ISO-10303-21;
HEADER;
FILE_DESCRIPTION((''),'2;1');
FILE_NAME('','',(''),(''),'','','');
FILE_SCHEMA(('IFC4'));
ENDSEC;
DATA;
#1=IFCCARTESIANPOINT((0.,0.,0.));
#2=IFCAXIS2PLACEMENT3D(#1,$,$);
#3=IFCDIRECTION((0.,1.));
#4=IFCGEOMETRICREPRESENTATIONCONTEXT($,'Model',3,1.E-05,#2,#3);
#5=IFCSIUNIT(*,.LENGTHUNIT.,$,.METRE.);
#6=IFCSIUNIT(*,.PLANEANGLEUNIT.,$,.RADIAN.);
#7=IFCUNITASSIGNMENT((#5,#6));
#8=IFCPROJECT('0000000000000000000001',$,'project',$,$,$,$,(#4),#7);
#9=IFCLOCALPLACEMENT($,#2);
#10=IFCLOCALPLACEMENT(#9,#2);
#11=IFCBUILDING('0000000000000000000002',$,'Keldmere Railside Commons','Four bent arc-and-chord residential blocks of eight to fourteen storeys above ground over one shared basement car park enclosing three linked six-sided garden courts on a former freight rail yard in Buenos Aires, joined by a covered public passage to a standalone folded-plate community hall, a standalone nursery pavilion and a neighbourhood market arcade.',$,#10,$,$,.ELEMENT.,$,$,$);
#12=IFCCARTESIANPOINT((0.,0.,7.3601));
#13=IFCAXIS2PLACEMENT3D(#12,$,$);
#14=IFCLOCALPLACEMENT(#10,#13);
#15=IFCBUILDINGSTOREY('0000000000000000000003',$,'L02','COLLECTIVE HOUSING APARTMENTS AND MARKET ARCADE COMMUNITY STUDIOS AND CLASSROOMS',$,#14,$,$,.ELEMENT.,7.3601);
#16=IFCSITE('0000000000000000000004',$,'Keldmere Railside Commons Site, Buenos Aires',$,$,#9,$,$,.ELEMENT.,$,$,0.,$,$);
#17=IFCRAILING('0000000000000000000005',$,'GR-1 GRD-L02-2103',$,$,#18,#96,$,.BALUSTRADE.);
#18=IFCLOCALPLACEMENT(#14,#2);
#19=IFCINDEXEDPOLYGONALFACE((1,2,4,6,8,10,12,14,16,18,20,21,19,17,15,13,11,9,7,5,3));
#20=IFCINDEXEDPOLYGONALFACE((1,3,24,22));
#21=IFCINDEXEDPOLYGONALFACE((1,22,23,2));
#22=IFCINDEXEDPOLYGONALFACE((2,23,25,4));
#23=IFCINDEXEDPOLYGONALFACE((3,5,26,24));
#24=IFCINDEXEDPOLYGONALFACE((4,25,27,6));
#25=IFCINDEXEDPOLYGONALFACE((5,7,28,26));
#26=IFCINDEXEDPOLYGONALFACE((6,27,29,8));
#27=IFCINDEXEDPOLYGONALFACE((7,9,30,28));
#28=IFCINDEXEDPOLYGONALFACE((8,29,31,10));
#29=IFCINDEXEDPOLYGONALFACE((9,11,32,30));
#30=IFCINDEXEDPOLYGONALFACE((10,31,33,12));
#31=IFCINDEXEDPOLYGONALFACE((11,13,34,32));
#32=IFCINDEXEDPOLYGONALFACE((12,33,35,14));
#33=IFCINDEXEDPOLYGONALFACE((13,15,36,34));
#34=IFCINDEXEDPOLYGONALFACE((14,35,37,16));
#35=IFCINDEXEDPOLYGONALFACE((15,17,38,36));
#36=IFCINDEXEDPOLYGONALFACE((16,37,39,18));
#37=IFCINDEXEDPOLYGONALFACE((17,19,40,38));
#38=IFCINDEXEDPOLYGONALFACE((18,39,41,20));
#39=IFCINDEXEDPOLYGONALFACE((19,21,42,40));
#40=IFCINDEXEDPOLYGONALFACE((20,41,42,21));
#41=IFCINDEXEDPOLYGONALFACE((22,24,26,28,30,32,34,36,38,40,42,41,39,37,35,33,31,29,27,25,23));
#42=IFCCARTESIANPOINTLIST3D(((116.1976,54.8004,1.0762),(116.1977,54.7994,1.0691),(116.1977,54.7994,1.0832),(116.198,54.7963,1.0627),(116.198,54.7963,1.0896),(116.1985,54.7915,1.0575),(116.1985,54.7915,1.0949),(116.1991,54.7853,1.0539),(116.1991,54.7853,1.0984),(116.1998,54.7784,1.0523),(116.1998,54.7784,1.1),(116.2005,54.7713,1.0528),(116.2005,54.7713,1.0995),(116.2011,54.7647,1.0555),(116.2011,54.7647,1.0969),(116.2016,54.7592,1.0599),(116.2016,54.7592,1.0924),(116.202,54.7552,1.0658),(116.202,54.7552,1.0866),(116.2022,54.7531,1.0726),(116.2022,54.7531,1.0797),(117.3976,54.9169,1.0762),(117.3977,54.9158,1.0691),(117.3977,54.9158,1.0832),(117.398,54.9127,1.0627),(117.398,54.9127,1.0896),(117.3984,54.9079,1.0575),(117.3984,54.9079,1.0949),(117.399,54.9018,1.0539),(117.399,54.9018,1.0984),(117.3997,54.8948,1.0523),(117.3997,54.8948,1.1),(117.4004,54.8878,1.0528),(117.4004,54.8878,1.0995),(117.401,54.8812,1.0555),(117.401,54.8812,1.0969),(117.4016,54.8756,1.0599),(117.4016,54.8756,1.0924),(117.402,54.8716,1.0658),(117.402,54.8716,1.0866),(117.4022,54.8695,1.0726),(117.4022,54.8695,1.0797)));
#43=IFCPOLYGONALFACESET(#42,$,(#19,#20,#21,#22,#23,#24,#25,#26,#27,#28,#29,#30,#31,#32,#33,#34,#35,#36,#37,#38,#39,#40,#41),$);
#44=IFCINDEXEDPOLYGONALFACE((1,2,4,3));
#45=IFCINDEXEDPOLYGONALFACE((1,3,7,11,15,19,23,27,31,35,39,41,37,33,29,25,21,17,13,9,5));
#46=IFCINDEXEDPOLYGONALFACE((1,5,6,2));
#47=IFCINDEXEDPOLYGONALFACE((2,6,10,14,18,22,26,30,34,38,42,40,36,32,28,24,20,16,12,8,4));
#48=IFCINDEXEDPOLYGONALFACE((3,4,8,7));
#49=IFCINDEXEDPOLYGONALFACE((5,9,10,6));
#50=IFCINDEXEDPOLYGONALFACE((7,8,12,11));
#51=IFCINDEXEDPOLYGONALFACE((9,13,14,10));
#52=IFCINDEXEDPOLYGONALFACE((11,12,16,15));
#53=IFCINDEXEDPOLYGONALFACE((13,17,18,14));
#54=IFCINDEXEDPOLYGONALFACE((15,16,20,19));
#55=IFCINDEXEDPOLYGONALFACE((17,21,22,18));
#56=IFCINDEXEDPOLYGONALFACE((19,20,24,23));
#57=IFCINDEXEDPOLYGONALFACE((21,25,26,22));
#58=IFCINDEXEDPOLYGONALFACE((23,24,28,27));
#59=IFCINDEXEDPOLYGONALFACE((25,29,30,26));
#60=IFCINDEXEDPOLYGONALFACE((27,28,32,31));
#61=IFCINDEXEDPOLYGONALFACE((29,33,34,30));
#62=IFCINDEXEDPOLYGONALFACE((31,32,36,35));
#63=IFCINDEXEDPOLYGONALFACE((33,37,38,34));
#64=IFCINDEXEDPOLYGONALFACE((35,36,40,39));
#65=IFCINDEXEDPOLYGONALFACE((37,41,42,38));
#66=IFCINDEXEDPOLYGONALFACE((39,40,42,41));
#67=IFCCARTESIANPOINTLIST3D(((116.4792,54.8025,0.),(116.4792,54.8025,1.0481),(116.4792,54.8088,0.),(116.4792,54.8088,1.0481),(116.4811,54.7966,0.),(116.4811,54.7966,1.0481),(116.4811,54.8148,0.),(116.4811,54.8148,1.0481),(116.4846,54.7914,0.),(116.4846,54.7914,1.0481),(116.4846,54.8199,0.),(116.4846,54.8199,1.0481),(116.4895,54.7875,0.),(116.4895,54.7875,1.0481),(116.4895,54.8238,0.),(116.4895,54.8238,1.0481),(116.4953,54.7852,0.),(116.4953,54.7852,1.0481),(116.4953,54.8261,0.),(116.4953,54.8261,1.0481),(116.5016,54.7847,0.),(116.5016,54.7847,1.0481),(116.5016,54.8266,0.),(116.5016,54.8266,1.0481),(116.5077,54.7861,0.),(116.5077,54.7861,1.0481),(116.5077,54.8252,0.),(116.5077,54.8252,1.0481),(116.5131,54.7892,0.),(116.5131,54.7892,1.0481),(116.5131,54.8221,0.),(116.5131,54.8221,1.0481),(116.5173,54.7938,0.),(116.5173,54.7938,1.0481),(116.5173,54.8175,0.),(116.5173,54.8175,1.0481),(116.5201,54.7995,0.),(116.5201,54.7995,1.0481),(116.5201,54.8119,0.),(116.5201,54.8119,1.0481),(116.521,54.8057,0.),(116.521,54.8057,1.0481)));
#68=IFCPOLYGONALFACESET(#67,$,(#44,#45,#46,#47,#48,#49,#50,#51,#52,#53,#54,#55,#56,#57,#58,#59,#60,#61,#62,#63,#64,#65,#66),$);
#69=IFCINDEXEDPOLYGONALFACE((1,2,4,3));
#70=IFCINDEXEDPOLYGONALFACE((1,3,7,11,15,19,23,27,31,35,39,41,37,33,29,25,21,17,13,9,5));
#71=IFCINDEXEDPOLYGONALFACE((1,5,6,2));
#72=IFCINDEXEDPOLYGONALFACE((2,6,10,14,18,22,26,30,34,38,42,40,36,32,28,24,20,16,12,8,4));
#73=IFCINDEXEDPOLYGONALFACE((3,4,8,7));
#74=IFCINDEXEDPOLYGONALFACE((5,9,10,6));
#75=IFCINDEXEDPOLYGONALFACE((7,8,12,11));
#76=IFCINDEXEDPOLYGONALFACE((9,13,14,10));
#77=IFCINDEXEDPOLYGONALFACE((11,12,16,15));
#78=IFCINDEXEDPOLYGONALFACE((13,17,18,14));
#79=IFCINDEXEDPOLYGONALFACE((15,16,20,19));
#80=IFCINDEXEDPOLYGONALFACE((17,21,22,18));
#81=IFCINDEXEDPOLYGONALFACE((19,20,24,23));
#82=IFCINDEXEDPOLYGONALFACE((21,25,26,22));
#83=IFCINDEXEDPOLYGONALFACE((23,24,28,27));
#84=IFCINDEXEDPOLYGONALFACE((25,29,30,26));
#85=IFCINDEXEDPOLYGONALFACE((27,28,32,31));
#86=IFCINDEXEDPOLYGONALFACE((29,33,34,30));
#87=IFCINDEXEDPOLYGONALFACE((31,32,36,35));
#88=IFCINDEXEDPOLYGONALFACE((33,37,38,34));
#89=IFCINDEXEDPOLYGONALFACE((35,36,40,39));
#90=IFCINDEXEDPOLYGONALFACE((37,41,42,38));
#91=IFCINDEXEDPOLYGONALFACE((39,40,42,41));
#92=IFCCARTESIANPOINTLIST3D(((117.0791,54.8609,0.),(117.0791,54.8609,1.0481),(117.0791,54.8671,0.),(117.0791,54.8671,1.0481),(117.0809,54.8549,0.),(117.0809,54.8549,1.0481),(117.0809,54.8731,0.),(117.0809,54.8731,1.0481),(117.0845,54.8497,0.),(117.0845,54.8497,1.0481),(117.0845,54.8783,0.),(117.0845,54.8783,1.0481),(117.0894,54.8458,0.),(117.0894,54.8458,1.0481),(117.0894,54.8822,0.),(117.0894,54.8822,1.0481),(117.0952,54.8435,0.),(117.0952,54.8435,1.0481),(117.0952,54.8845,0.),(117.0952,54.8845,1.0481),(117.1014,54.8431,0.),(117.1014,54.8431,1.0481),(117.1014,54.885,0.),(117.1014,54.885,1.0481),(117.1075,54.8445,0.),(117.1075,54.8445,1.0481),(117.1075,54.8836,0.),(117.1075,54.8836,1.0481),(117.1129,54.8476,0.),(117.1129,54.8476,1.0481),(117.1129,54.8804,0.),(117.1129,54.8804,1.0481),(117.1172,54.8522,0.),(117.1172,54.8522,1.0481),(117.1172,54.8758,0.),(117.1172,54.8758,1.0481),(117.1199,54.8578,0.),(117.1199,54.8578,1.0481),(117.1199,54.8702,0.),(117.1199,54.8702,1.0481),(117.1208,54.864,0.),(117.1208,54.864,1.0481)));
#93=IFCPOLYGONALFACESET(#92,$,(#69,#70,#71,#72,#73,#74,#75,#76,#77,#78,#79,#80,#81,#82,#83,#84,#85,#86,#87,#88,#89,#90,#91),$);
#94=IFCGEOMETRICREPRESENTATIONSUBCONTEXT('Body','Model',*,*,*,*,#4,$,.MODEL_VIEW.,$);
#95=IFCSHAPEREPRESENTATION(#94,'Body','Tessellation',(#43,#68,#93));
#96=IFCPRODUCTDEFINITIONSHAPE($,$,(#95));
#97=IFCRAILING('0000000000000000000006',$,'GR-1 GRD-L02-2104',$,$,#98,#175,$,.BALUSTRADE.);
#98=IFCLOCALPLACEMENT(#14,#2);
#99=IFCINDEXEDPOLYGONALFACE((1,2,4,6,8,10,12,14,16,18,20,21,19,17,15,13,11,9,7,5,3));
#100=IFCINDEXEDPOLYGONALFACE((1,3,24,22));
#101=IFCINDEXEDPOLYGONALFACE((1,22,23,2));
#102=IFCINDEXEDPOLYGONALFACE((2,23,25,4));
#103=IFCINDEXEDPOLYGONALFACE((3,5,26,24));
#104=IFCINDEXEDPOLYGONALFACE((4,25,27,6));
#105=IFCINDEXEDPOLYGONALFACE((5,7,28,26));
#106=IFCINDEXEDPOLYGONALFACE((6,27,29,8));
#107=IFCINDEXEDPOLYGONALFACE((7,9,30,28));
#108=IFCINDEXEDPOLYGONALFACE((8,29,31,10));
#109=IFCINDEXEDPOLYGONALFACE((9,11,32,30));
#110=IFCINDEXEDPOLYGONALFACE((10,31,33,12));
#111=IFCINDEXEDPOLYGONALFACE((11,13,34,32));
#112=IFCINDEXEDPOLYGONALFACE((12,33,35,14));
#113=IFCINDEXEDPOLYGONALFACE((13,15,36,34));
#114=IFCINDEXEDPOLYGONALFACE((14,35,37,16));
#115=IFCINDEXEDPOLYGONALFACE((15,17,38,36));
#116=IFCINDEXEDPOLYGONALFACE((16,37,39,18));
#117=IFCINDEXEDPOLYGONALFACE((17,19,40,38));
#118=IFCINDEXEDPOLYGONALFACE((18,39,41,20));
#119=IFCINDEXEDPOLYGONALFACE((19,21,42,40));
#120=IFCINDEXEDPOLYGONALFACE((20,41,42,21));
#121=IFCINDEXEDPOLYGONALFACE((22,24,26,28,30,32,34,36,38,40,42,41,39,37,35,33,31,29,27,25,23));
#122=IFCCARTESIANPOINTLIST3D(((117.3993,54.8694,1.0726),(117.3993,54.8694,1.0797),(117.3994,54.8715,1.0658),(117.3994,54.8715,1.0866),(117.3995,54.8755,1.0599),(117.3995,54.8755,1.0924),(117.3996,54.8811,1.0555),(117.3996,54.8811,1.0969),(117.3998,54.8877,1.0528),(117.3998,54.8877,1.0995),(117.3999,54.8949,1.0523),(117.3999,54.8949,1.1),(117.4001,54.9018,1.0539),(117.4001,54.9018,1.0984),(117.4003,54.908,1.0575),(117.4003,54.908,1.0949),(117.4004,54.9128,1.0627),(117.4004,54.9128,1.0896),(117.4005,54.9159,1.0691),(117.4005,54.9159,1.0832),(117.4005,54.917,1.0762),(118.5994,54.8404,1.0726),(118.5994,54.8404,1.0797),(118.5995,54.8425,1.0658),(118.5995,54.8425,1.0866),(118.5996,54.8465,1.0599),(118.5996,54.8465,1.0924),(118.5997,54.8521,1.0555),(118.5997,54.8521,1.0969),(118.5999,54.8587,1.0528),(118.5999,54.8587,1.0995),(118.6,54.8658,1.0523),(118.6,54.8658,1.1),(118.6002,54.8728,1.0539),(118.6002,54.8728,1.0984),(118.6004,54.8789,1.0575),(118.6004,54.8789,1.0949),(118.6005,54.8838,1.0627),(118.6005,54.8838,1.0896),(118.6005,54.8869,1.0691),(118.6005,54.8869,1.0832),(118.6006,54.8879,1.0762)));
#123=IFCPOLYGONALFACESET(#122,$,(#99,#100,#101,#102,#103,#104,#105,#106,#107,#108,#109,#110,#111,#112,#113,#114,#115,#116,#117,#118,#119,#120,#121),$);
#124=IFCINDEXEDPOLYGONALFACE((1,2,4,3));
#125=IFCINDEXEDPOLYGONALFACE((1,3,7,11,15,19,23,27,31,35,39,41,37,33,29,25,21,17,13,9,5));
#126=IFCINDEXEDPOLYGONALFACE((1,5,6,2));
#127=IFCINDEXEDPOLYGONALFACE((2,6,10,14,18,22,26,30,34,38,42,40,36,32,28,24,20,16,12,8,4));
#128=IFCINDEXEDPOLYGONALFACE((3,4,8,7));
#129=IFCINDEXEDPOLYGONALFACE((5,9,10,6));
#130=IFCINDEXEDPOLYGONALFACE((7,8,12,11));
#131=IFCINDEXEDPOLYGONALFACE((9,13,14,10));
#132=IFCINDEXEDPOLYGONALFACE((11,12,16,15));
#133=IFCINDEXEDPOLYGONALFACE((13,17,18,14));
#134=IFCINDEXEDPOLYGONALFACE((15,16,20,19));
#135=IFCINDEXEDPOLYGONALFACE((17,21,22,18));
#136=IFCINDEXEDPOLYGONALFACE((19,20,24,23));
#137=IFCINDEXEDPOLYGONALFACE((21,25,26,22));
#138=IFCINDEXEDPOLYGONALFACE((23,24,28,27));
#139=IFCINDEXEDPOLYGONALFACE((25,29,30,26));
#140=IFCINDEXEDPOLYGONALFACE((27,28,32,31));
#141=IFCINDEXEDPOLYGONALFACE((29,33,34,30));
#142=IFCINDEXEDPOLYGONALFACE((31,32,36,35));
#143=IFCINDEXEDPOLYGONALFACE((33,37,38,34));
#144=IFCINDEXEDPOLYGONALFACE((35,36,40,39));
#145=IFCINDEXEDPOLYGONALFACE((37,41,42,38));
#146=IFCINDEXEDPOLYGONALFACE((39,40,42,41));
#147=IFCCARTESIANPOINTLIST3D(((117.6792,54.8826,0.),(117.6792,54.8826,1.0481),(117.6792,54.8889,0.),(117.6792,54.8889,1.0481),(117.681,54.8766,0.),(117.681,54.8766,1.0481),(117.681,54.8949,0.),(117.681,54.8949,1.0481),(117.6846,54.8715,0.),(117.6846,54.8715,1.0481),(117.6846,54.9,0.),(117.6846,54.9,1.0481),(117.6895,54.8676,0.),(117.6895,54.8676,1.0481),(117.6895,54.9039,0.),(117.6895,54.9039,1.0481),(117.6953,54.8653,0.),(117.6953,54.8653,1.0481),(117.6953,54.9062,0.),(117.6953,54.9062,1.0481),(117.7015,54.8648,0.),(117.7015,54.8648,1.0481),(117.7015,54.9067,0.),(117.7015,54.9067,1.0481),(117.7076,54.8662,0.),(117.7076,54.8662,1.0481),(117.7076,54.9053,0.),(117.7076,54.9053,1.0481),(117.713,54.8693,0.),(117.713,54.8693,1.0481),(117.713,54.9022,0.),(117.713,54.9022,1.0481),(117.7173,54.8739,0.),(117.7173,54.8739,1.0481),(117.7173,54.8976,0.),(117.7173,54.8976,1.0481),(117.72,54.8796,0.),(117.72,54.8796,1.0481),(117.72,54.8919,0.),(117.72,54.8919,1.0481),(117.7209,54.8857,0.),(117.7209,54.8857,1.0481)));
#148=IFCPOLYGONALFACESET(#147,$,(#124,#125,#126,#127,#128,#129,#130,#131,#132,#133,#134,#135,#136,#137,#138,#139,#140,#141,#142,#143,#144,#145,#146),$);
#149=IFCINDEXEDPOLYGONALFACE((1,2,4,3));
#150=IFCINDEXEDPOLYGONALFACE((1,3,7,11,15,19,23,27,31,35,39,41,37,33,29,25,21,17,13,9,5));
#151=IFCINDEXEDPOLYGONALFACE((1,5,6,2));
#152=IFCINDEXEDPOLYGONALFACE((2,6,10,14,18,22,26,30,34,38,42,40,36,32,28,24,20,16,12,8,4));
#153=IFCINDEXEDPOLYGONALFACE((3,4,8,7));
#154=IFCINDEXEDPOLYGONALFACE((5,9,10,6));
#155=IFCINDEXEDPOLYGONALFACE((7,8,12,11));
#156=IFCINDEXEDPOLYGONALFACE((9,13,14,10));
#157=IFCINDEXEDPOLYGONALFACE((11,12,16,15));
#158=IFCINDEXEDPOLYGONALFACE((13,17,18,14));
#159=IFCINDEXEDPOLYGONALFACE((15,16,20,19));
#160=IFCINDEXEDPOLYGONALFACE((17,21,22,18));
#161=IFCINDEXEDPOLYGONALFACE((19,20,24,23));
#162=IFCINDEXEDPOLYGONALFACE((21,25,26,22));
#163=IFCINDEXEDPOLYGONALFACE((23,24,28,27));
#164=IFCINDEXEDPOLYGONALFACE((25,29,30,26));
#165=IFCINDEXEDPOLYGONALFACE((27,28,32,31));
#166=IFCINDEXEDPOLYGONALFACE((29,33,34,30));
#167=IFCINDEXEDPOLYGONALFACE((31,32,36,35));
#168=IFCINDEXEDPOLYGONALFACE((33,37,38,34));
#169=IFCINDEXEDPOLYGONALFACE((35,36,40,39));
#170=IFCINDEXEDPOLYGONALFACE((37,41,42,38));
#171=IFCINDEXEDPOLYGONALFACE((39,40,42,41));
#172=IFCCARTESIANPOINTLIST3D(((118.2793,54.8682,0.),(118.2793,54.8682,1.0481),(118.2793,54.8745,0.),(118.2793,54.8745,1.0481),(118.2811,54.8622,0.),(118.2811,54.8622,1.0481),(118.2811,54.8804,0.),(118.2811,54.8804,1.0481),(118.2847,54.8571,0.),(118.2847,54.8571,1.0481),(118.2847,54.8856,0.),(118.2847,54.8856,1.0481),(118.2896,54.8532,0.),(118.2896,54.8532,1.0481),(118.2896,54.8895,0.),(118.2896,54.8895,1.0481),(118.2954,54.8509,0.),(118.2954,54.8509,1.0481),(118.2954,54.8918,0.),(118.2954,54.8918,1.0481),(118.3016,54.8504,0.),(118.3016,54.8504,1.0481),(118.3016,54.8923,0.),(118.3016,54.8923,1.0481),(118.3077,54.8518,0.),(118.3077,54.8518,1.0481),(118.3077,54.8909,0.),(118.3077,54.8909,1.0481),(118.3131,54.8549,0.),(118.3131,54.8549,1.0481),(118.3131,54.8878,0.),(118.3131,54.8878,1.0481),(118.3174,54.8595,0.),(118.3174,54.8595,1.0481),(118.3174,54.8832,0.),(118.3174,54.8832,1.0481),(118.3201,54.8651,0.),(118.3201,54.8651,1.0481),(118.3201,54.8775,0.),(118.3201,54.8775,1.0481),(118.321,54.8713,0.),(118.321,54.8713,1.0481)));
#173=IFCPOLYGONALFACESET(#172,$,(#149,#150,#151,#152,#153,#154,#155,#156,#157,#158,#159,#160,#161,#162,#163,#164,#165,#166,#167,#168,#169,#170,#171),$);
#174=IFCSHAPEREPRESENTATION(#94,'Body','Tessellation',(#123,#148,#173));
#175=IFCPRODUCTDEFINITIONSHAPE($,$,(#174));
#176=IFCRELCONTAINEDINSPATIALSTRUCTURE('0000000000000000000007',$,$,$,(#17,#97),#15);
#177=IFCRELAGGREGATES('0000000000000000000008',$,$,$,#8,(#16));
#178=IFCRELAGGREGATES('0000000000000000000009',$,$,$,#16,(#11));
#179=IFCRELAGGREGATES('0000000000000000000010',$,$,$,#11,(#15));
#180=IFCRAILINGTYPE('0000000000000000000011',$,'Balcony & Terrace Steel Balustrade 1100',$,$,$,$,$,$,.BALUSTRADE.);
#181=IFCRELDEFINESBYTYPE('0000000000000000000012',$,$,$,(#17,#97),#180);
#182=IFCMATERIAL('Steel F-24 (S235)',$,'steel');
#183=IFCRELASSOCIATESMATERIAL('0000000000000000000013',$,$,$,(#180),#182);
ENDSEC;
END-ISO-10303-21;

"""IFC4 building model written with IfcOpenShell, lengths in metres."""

from ifc_helpers import new_model, si_unit, direction, frame, origin, origin_2d, place, context, subcontext, project, spatial, circle, extrude, material, type_object, element, save


model = new_model("IFC4")

# Units and contexts
model_context = context("Model", 3, precision=1e-05, world=origin(), true_north=direction((0.0, 1.0)))
body_context = subcontext(model_context, "Body", "Model", "MODEL_VIEW")
ifc_project = project(units=[si_unit("LENGTHUNIT", "METRE"), si_unit("PLANEANGLEUNIT", "RADIAN")], contexts=[model_context])

# Site, building, storey
site_placement = place(None, origin())
site = spatial("IfcSite", under=ifc_project, at=site_placement, Name="Keldmere Railside Commons Site, Buenos Aires", CompositionType="ELEMENT", RefElevation=0.0)
building_placement = place(site_placement, origin())
building = spatial("IfcBuilding", under=site, at=building_placement, Name="Keldmere Railside Commons", Description="Four bent arc-and-chord residential blocks of eight to fourteen storeys above ground over one shared basement car park enclosing three linked six-sided garden courts on a former freight rail yard in Buenos Aires, joined by a covered public passage to a standalone folded-plate community hall, a standalone nursery pavilion and a neighbourhood market arcade.", CompositionType="ELEMENT")
storey_placement = place(building_placement, frame((0.0, 0.0, 7.3601)))
storey = spatial("IfcBuildingStorey", under=building, at=storey_placement, Name="L02", Description="COLLECTIVE HOUSING APARTMENTS AND MARKET ARCADE COMMUNITY STUDIOS AND CLASSROOMS", CompositionType="ELEMENT", Elevation=7.3601)

# Railings
ifc_material_1 = material(Name="Steel F-24 (S235)", Category="steel")
railing_type = type_object("IfcRailingType", Name="Balcony & Terrace Steel Balustrade 1100", PredefinedType="BALUSTRADE", material=ifc_material_1)
railing_1_placement = place(storey_placement, frame((116.2, 54.7766, 0.0)))
element("IfcRailing", 1, at=railing_1_placement, inside=storey, type_object=railing_type, Name="GR-1 GRD-L02-2103", PredefinedType="BALUSTRADE", context=body_context, shape_type="SweptSolid", body=[
    extrude(circle(Radius=0.0239, at=origin_2d()), frame((0.0, 0.0, 1.0762), z_axis=(0.995324, 0.096596, 0.0), x_axis=(-0.096596, 0.995324, 0.0)), (0.0, 0.0, 1.0), 1.2056),
    extrude(circle(Radius=0.021, at=origin_2d()), frame((0.3, 0.0291, 0.0)), (0.0, 0.0, 1.0), 1.0481),
    extrude(circle(Radius=0.021, at=origin_2d()), frame((0.8999, 0.0874, 0.0)), (0.0, 0.0, 1.0), 1.0481),
])
railing_2_placement = place(storey_placement, frame((117.3999, 54.8931, 0.0)))
element("IfcRailing", 2, at=railing_2_placement, inside=storey, type_object=railing_type, Name="GR-1 GRD-L02-2104", PredefinedType="BALUSTRADE", context=body_context, shape_type="SweptSolid", body=[
    extrude(circle(Radius=0.0239, at=origin_2d()), frame((0.0, 0.0, 1.0762), z_axis=(0.999707, -0.0242, 0.0), x_axis=(0.0242, 0.999707, 0.0)), (0.0, 0.0, 1.0), 1.2004),
    extrude(circle(Radius=0.021, at=origin_2d()), frame((0.3, -0.0073, 0.0)), (0.0, 0.0, 1.0), 1.0481),
    extrude(circle(Radius=0.021, at=origin_2d()), frame((0.9001, -0.0217, 0.0)), (0.0, 0.0, 1.0), 1.0481),
])

save(model, "model.ifc")
